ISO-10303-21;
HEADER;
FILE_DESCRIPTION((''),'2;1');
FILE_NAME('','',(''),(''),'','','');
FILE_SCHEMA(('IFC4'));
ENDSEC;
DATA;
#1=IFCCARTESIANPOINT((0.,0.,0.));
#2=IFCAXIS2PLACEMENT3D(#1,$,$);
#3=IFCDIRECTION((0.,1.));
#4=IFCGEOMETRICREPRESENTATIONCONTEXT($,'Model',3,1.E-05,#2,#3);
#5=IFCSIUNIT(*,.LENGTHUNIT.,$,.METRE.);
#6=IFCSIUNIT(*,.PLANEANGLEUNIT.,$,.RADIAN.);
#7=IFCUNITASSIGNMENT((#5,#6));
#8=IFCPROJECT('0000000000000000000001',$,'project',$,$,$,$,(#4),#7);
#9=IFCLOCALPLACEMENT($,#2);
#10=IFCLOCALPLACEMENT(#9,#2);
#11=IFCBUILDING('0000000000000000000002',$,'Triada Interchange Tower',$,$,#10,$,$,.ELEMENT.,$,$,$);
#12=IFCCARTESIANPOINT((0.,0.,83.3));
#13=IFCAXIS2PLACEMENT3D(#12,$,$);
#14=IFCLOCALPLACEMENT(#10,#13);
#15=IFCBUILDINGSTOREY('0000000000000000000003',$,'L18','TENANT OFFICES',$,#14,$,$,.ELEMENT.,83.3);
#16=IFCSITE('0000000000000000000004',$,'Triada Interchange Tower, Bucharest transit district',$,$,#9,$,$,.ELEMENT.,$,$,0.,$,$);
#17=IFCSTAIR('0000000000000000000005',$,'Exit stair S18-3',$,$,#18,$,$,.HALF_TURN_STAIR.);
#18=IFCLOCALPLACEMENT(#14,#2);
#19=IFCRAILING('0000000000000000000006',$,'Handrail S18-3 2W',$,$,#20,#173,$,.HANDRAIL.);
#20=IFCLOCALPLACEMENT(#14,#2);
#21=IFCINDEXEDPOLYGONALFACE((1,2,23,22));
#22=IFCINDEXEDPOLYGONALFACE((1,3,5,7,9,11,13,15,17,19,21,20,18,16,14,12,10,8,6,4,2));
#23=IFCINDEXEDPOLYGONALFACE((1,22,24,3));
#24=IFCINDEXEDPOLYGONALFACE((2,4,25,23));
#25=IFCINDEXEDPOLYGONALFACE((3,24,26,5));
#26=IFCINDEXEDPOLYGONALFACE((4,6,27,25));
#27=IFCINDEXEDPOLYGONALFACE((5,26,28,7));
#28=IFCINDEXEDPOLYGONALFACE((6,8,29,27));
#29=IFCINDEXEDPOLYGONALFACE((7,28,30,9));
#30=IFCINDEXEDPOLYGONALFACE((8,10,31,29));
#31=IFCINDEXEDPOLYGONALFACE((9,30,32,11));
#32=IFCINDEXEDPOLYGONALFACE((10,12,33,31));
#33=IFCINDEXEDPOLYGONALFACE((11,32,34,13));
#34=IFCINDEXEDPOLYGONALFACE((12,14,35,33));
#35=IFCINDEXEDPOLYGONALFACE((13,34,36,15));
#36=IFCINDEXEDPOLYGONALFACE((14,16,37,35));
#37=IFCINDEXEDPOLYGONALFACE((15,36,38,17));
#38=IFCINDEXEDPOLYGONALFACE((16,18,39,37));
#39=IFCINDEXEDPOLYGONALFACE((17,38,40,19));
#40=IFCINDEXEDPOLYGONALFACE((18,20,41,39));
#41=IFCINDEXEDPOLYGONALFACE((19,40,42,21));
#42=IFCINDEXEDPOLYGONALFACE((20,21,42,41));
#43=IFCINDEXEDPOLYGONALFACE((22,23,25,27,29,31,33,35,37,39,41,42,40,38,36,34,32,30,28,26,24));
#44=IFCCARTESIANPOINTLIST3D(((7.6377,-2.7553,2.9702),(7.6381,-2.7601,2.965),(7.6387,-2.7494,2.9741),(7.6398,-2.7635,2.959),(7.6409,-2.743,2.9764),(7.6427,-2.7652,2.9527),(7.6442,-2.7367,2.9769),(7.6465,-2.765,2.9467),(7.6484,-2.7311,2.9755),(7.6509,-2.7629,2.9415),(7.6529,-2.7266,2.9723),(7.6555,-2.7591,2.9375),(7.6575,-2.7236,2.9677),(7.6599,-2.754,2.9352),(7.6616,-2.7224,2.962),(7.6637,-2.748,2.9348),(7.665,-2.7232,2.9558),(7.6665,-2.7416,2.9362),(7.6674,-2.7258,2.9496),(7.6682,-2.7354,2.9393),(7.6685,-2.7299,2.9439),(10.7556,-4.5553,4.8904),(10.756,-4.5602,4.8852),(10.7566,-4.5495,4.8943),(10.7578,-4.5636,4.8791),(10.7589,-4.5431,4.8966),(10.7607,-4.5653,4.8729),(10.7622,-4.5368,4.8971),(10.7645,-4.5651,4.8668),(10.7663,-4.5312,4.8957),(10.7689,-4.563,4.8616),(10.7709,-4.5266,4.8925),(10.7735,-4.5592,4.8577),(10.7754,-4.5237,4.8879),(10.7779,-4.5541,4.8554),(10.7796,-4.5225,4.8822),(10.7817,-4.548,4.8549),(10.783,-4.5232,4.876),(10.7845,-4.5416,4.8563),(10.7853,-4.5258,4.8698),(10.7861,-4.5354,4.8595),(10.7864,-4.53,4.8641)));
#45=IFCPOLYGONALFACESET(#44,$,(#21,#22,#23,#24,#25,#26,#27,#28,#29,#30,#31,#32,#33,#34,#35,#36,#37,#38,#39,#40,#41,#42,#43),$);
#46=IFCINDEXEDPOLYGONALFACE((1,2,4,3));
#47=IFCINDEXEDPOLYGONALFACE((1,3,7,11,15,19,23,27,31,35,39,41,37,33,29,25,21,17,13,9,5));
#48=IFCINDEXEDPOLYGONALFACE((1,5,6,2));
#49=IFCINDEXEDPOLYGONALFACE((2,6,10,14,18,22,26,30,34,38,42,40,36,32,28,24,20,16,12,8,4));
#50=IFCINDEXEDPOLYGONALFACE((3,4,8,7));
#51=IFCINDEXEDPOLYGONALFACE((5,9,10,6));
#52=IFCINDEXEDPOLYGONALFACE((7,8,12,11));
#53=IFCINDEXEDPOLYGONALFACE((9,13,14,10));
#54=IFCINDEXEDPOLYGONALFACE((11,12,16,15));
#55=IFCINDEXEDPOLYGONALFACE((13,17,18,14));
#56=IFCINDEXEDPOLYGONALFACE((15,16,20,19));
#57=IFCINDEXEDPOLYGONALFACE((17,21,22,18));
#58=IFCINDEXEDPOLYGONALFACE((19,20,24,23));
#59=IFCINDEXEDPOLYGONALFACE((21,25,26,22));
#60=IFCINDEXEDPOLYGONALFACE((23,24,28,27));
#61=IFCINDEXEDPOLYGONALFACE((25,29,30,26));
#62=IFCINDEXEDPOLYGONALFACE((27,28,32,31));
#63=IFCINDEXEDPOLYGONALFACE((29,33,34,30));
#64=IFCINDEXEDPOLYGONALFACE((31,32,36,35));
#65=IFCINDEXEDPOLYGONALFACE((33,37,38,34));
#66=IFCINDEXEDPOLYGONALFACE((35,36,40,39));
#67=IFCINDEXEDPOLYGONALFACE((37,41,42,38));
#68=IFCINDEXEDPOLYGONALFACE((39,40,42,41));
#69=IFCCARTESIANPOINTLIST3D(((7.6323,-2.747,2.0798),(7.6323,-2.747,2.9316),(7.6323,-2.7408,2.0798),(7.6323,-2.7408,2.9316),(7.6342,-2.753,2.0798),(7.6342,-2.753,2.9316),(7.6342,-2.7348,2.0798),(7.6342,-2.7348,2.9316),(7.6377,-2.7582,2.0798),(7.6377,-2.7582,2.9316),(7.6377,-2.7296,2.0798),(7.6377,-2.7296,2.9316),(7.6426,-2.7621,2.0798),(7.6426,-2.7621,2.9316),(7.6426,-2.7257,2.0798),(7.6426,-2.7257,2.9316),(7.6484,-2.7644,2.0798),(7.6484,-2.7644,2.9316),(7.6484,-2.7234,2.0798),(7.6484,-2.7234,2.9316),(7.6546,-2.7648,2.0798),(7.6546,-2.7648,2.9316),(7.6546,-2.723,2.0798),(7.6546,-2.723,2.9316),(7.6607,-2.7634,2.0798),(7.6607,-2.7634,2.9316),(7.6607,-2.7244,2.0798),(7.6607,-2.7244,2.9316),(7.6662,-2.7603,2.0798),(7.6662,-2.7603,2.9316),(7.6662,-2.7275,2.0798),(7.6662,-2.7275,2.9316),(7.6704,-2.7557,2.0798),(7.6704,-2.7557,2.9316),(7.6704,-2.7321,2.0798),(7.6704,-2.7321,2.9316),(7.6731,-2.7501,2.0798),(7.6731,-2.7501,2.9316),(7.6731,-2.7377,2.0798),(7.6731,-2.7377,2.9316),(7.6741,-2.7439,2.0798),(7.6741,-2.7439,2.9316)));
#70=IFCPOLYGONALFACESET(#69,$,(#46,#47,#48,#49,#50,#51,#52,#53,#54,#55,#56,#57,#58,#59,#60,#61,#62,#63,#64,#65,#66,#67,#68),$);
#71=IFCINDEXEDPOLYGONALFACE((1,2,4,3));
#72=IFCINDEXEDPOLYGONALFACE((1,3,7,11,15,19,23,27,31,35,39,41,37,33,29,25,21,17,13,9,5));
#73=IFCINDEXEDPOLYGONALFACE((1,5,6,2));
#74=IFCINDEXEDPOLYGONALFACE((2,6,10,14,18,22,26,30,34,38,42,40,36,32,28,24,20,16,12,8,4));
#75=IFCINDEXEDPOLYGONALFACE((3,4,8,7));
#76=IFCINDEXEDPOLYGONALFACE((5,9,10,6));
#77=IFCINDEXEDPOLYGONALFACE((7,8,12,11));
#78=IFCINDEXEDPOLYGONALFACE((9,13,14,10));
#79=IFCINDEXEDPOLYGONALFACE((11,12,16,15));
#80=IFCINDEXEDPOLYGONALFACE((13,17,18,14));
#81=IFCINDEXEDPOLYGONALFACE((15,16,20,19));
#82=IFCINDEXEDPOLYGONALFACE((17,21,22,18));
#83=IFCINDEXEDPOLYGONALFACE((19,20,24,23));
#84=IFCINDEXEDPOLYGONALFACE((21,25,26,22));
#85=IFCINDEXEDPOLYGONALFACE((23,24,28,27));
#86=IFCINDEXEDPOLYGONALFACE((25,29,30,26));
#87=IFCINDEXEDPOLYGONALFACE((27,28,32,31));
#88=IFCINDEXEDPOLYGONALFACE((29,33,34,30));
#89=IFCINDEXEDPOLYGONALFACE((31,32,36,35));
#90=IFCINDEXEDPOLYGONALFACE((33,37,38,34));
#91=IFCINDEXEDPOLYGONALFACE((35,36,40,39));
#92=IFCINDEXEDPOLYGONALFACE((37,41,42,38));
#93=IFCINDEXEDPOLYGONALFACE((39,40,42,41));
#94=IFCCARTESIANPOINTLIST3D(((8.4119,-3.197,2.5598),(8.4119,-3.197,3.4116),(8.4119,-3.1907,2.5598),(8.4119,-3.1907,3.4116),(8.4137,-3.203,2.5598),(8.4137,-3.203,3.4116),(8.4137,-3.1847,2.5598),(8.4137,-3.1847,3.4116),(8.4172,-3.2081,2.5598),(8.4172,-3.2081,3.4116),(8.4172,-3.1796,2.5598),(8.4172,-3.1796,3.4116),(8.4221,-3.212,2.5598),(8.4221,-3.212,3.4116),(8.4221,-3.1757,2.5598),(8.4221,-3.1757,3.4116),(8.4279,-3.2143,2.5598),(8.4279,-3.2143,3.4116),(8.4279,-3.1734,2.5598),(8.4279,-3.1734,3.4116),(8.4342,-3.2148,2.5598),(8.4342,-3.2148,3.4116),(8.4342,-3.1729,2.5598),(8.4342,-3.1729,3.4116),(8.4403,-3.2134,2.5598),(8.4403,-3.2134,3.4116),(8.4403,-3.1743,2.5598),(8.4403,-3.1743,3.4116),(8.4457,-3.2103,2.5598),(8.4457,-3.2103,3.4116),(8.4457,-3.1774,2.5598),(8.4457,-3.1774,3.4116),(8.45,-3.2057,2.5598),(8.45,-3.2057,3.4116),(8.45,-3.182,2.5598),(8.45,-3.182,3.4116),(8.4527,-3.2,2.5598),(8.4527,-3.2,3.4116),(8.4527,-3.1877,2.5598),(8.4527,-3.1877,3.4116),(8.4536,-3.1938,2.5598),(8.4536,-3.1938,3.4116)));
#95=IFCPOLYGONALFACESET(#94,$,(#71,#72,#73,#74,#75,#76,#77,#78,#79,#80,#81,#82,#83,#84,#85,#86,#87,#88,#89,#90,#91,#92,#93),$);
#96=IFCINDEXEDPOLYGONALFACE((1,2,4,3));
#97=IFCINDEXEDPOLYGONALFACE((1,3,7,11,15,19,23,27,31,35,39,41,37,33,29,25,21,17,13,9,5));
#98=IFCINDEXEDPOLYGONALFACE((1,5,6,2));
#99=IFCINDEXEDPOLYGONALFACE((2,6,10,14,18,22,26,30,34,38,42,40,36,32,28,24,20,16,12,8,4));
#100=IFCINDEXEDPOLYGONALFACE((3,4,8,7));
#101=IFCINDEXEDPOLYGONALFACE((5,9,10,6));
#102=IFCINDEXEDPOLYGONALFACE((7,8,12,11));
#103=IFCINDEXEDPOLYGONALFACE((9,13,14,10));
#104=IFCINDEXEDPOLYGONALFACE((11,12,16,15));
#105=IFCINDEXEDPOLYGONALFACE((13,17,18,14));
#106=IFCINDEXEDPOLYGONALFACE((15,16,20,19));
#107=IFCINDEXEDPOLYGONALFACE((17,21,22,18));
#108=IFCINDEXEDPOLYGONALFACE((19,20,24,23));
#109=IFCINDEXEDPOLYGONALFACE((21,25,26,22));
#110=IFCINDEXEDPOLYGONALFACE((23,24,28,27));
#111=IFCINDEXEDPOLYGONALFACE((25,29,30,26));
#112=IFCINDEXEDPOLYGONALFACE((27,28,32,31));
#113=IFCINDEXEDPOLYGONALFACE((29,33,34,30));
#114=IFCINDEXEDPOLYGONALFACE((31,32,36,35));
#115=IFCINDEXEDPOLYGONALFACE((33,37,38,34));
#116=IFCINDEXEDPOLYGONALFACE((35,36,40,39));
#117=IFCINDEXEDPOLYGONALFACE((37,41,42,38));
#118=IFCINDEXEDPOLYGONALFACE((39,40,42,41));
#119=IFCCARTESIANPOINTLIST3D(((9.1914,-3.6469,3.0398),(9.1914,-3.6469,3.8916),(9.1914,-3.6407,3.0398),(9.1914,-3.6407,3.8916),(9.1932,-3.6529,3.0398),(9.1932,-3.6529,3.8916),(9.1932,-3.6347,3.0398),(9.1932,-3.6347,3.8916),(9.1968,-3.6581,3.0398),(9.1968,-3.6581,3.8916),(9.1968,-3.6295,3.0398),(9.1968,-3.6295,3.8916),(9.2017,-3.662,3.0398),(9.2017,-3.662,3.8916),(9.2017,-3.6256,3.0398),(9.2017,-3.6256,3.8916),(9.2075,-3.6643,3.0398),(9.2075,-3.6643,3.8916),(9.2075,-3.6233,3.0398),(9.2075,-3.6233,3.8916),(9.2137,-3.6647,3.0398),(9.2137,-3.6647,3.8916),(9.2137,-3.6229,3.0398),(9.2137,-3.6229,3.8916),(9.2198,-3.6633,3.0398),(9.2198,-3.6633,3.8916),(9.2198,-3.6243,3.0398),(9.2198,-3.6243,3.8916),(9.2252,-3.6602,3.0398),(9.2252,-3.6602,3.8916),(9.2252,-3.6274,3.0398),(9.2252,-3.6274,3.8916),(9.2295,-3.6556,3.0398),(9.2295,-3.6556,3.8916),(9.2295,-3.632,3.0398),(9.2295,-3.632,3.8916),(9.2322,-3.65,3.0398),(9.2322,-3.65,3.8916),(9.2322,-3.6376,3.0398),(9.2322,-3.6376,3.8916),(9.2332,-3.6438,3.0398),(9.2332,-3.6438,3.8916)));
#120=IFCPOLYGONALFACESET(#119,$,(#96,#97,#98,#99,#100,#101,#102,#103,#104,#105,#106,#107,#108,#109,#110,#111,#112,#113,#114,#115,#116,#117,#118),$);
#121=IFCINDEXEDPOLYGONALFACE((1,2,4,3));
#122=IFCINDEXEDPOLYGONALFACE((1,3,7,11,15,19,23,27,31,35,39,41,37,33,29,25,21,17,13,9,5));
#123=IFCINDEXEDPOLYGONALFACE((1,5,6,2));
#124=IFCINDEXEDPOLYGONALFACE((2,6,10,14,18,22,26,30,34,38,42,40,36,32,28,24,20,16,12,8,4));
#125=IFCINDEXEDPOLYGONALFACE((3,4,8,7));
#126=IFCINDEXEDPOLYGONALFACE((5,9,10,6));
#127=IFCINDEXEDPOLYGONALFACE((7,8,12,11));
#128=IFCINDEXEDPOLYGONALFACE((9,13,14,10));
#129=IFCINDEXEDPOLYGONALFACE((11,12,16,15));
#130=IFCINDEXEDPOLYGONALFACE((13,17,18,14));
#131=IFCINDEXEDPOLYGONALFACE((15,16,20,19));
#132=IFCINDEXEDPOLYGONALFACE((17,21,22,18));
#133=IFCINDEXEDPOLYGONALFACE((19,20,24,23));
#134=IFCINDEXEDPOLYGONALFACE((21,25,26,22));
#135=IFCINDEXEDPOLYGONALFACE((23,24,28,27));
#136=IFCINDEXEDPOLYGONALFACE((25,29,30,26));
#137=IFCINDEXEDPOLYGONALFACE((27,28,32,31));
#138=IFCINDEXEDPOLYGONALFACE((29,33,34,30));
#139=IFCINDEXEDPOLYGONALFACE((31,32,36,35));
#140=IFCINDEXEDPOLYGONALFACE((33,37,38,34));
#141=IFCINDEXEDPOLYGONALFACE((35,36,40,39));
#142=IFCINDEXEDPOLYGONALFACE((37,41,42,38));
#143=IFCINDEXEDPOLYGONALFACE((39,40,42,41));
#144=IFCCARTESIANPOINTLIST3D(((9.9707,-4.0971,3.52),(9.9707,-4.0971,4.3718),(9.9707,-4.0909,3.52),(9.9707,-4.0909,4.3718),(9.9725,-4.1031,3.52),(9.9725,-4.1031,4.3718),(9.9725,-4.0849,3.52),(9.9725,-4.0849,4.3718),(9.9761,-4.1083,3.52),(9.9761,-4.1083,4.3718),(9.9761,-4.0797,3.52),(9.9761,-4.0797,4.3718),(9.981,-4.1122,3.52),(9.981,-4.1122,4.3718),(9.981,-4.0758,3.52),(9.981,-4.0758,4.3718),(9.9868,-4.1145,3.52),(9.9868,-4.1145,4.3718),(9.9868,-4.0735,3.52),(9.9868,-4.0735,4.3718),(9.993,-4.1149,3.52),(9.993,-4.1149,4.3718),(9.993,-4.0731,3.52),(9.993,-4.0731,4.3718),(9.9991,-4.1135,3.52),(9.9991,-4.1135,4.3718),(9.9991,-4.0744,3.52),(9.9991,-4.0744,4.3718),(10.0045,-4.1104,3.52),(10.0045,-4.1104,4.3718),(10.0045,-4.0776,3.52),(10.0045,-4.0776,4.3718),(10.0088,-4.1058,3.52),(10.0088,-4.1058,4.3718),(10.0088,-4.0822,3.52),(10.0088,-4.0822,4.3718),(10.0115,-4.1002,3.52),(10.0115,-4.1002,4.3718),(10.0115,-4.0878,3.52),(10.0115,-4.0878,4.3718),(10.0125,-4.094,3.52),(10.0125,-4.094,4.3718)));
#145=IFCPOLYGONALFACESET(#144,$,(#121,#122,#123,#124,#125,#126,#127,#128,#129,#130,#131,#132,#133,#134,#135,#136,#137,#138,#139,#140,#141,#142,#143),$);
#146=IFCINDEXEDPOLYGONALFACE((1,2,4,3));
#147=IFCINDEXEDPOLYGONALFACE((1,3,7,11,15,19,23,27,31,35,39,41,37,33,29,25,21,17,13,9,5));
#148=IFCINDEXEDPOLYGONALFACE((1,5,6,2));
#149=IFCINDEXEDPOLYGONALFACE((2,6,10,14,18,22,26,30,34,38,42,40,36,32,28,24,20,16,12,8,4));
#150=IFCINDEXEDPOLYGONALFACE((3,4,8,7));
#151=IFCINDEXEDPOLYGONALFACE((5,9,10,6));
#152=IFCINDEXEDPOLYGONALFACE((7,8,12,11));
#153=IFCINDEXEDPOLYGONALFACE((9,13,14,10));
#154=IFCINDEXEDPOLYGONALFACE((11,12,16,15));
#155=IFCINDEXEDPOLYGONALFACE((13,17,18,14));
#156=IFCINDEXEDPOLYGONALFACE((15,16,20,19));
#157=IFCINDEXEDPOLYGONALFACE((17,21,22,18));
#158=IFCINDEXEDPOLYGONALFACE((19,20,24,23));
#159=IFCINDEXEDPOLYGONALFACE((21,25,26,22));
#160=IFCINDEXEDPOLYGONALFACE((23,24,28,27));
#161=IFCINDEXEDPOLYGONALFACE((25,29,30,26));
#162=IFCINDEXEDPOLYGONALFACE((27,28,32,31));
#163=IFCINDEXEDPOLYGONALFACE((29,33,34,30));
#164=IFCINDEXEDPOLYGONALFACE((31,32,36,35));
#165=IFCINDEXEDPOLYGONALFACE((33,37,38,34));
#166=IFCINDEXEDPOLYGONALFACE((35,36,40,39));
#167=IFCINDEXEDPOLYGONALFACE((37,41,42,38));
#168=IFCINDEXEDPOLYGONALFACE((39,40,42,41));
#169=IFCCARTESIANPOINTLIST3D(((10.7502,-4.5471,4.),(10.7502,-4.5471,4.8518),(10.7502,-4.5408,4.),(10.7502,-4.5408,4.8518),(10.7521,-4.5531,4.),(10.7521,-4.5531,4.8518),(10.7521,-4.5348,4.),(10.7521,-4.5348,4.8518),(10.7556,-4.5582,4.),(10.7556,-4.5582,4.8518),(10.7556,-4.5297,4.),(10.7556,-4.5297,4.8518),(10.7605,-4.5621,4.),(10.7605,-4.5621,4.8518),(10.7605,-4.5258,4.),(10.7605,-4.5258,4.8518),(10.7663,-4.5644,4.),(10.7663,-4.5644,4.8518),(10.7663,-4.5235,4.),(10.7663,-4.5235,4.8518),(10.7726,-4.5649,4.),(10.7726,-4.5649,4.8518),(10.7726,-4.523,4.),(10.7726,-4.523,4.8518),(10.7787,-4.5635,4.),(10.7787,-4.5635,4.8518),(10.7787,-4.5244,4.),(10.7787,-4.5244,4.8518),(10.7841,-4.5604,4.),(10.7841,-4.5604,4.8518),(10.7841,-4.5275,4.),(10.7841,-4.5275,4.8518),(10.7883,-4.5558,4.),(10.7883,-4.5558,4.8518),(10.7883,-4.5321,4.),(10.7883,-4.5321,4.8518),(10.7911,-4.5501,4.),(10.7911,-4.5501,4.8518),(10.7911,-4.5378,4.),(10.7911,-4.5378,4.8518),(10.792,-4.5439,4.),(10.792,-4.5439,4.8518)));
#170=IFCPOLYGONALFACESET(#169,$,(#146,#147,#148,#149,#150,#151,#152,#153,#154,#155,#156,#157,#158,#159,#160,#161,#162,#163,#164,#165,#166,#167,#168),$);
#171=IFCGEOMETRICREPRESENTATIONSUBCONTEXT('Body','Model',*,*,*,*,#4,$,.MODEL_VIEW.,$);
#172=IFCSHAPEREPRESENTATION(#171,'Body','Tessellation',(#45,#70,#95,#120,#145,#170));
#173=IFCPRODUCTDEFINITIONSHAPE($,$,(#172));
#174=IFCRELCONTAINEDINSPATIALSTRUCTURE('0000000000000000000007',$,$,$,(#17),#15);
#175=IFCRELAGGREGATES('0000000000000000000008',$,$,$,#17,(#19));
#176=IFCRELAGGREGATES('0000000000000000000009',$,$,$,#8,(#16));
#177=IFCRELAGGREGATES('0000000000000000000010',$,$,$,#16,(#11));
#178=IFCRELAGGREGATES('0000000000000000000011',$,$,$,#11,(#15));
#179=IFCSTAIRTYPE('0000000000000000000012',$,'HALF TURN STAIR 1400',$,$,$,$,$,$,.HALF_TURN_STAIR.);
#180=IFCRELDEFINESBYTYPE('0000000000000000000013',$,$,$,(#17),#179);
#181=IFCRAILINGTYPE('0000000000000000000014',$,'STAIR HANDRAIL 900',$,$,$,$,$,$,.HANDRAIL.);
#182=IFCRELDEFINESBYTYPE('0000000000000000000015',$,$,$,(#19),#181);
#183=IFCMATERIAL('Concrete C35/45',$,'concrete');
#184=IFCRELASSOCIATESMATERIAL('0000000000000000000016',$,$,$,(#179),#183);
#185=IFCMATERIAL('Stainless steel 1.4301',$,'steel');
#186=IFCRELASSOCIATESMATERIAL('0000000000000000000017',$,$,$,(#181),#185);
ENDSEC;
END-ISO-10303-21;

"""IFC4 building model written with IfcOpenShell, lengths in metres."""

from ifc_helpers import new_model, si_unit, direction, frame, origin, origin_2d, place, context, subcontext, project, spatial, circle, extrude, material, type_object, element, aggregate, save


model = new_model("IFC4")

# Units and contexts
model_context = context("Model", 3, precision=1e-05, world=origin(), true_north=direction((0.0, 1.0)))
body_context = subcontext(model_context, "Body", "Model", "MODEL_VIEW")
ifc_project = project(units=[si_unit("LENGTHUNIT", "METRE"), si_unit("PLANEANGLEUNIT", "RADIAN")], contexts=[model_context])

# Site, building, storey
site_placement = place(None, origin())
site = spatial("IfcSite", under=ifc_project, at=site_placement, Name="Triada Interchange Tower, Bucharest transit district", CompositionType="ELEMENT", RefElevation=0.0)
building_placement = place(site_placement, origin())
building = spatial("IfcBuilding", under=site, at=building_placement, Name="Triada Interchange Tower", CompositionType="ELEMENT")
storey_placement = place(building_placement, frame((0.0, 0.0, 83.3)))
storey = spatial("IfcBuildingStorey", under=building, at=storey_placement, Name="L18", Description="TENANT OFFICES", CompositionType="ELEMENT", Elevation=83.3)

# Stair
ifc_material_1 = material(Name="Concrete C35/45", Category="concrete")
stair_type = type_object("IfcStairType", Name="HALF TURN STAIR 1400", PredefinedType="HALF_TURN_STAIR", material=ifc_material_1)
stair_placement = place(storey_placement, origin())
stair = element("IfcStair", 1, at=stair_placement, inside=storey, type_object=stair_type, Name="Exit stair S18-3", PredefinedType="HALF_TURN_STAIR")

# Railing
ifc_material_2 = material(Name="Stainless steel 1.4301", Category="steel")
railing_type = type_object("IfcRailingType", Name="STAIR HANDRAIL 900", PredefinedType="HANDRAIL", material=ifc_material_2)
railing_1_placement = place(storey_placement, frame((7.6531, -2.7439, 2.0798)))
railing_1 = element("IfcRailing", 2, at=railing_1_placement, type_object=railing_type, Name="Handrail S18-3 2W", PredefinedType="HANDRAIL", context=body_context, shape_type="SweptSolid", body=[
    extrude(circle(Radius=0.0239, at=origin_2d()), frame((0.0, 0.0, 0.876), z_axis=(0.764145, -0.441159, 0.470597), x_axis=(0.499983, 0.866035, 0.0)), (0.0, 0.0, 1.0), 4.0803),
    extrude(circle(Radius=0.021, at=origin_2d()), origin(), (0.0, 0.0, 1.0), 0.8518),
    extrude(circle(Radius=0.021, at=origin_2d()), frame((0.7795, -0.45, 0.48)), (0.0, 0.0, 1.0), 0.8518),
    extrude(circle(Radius=0.021, at=origin_2d()), frame((1.5591, -0.8999, 0.96)), (0.0, 0.0, 1.0), 0.8518),
    extrude(circle(Radius=0.021, at=origin_2d()), frame((2.3384, -1.3501, 1.4402)), (0.0, 0.0, 1.0), 0.8518),
    extrude(circle(Radius=0.021, at=origin_2d()), frame((3.1179, -1.8, 1.9202)), (0.0, 0.0, 1.0), 0.8518),
])
aggregate(stair, [railing_1])

save(model, "model.ifc")
